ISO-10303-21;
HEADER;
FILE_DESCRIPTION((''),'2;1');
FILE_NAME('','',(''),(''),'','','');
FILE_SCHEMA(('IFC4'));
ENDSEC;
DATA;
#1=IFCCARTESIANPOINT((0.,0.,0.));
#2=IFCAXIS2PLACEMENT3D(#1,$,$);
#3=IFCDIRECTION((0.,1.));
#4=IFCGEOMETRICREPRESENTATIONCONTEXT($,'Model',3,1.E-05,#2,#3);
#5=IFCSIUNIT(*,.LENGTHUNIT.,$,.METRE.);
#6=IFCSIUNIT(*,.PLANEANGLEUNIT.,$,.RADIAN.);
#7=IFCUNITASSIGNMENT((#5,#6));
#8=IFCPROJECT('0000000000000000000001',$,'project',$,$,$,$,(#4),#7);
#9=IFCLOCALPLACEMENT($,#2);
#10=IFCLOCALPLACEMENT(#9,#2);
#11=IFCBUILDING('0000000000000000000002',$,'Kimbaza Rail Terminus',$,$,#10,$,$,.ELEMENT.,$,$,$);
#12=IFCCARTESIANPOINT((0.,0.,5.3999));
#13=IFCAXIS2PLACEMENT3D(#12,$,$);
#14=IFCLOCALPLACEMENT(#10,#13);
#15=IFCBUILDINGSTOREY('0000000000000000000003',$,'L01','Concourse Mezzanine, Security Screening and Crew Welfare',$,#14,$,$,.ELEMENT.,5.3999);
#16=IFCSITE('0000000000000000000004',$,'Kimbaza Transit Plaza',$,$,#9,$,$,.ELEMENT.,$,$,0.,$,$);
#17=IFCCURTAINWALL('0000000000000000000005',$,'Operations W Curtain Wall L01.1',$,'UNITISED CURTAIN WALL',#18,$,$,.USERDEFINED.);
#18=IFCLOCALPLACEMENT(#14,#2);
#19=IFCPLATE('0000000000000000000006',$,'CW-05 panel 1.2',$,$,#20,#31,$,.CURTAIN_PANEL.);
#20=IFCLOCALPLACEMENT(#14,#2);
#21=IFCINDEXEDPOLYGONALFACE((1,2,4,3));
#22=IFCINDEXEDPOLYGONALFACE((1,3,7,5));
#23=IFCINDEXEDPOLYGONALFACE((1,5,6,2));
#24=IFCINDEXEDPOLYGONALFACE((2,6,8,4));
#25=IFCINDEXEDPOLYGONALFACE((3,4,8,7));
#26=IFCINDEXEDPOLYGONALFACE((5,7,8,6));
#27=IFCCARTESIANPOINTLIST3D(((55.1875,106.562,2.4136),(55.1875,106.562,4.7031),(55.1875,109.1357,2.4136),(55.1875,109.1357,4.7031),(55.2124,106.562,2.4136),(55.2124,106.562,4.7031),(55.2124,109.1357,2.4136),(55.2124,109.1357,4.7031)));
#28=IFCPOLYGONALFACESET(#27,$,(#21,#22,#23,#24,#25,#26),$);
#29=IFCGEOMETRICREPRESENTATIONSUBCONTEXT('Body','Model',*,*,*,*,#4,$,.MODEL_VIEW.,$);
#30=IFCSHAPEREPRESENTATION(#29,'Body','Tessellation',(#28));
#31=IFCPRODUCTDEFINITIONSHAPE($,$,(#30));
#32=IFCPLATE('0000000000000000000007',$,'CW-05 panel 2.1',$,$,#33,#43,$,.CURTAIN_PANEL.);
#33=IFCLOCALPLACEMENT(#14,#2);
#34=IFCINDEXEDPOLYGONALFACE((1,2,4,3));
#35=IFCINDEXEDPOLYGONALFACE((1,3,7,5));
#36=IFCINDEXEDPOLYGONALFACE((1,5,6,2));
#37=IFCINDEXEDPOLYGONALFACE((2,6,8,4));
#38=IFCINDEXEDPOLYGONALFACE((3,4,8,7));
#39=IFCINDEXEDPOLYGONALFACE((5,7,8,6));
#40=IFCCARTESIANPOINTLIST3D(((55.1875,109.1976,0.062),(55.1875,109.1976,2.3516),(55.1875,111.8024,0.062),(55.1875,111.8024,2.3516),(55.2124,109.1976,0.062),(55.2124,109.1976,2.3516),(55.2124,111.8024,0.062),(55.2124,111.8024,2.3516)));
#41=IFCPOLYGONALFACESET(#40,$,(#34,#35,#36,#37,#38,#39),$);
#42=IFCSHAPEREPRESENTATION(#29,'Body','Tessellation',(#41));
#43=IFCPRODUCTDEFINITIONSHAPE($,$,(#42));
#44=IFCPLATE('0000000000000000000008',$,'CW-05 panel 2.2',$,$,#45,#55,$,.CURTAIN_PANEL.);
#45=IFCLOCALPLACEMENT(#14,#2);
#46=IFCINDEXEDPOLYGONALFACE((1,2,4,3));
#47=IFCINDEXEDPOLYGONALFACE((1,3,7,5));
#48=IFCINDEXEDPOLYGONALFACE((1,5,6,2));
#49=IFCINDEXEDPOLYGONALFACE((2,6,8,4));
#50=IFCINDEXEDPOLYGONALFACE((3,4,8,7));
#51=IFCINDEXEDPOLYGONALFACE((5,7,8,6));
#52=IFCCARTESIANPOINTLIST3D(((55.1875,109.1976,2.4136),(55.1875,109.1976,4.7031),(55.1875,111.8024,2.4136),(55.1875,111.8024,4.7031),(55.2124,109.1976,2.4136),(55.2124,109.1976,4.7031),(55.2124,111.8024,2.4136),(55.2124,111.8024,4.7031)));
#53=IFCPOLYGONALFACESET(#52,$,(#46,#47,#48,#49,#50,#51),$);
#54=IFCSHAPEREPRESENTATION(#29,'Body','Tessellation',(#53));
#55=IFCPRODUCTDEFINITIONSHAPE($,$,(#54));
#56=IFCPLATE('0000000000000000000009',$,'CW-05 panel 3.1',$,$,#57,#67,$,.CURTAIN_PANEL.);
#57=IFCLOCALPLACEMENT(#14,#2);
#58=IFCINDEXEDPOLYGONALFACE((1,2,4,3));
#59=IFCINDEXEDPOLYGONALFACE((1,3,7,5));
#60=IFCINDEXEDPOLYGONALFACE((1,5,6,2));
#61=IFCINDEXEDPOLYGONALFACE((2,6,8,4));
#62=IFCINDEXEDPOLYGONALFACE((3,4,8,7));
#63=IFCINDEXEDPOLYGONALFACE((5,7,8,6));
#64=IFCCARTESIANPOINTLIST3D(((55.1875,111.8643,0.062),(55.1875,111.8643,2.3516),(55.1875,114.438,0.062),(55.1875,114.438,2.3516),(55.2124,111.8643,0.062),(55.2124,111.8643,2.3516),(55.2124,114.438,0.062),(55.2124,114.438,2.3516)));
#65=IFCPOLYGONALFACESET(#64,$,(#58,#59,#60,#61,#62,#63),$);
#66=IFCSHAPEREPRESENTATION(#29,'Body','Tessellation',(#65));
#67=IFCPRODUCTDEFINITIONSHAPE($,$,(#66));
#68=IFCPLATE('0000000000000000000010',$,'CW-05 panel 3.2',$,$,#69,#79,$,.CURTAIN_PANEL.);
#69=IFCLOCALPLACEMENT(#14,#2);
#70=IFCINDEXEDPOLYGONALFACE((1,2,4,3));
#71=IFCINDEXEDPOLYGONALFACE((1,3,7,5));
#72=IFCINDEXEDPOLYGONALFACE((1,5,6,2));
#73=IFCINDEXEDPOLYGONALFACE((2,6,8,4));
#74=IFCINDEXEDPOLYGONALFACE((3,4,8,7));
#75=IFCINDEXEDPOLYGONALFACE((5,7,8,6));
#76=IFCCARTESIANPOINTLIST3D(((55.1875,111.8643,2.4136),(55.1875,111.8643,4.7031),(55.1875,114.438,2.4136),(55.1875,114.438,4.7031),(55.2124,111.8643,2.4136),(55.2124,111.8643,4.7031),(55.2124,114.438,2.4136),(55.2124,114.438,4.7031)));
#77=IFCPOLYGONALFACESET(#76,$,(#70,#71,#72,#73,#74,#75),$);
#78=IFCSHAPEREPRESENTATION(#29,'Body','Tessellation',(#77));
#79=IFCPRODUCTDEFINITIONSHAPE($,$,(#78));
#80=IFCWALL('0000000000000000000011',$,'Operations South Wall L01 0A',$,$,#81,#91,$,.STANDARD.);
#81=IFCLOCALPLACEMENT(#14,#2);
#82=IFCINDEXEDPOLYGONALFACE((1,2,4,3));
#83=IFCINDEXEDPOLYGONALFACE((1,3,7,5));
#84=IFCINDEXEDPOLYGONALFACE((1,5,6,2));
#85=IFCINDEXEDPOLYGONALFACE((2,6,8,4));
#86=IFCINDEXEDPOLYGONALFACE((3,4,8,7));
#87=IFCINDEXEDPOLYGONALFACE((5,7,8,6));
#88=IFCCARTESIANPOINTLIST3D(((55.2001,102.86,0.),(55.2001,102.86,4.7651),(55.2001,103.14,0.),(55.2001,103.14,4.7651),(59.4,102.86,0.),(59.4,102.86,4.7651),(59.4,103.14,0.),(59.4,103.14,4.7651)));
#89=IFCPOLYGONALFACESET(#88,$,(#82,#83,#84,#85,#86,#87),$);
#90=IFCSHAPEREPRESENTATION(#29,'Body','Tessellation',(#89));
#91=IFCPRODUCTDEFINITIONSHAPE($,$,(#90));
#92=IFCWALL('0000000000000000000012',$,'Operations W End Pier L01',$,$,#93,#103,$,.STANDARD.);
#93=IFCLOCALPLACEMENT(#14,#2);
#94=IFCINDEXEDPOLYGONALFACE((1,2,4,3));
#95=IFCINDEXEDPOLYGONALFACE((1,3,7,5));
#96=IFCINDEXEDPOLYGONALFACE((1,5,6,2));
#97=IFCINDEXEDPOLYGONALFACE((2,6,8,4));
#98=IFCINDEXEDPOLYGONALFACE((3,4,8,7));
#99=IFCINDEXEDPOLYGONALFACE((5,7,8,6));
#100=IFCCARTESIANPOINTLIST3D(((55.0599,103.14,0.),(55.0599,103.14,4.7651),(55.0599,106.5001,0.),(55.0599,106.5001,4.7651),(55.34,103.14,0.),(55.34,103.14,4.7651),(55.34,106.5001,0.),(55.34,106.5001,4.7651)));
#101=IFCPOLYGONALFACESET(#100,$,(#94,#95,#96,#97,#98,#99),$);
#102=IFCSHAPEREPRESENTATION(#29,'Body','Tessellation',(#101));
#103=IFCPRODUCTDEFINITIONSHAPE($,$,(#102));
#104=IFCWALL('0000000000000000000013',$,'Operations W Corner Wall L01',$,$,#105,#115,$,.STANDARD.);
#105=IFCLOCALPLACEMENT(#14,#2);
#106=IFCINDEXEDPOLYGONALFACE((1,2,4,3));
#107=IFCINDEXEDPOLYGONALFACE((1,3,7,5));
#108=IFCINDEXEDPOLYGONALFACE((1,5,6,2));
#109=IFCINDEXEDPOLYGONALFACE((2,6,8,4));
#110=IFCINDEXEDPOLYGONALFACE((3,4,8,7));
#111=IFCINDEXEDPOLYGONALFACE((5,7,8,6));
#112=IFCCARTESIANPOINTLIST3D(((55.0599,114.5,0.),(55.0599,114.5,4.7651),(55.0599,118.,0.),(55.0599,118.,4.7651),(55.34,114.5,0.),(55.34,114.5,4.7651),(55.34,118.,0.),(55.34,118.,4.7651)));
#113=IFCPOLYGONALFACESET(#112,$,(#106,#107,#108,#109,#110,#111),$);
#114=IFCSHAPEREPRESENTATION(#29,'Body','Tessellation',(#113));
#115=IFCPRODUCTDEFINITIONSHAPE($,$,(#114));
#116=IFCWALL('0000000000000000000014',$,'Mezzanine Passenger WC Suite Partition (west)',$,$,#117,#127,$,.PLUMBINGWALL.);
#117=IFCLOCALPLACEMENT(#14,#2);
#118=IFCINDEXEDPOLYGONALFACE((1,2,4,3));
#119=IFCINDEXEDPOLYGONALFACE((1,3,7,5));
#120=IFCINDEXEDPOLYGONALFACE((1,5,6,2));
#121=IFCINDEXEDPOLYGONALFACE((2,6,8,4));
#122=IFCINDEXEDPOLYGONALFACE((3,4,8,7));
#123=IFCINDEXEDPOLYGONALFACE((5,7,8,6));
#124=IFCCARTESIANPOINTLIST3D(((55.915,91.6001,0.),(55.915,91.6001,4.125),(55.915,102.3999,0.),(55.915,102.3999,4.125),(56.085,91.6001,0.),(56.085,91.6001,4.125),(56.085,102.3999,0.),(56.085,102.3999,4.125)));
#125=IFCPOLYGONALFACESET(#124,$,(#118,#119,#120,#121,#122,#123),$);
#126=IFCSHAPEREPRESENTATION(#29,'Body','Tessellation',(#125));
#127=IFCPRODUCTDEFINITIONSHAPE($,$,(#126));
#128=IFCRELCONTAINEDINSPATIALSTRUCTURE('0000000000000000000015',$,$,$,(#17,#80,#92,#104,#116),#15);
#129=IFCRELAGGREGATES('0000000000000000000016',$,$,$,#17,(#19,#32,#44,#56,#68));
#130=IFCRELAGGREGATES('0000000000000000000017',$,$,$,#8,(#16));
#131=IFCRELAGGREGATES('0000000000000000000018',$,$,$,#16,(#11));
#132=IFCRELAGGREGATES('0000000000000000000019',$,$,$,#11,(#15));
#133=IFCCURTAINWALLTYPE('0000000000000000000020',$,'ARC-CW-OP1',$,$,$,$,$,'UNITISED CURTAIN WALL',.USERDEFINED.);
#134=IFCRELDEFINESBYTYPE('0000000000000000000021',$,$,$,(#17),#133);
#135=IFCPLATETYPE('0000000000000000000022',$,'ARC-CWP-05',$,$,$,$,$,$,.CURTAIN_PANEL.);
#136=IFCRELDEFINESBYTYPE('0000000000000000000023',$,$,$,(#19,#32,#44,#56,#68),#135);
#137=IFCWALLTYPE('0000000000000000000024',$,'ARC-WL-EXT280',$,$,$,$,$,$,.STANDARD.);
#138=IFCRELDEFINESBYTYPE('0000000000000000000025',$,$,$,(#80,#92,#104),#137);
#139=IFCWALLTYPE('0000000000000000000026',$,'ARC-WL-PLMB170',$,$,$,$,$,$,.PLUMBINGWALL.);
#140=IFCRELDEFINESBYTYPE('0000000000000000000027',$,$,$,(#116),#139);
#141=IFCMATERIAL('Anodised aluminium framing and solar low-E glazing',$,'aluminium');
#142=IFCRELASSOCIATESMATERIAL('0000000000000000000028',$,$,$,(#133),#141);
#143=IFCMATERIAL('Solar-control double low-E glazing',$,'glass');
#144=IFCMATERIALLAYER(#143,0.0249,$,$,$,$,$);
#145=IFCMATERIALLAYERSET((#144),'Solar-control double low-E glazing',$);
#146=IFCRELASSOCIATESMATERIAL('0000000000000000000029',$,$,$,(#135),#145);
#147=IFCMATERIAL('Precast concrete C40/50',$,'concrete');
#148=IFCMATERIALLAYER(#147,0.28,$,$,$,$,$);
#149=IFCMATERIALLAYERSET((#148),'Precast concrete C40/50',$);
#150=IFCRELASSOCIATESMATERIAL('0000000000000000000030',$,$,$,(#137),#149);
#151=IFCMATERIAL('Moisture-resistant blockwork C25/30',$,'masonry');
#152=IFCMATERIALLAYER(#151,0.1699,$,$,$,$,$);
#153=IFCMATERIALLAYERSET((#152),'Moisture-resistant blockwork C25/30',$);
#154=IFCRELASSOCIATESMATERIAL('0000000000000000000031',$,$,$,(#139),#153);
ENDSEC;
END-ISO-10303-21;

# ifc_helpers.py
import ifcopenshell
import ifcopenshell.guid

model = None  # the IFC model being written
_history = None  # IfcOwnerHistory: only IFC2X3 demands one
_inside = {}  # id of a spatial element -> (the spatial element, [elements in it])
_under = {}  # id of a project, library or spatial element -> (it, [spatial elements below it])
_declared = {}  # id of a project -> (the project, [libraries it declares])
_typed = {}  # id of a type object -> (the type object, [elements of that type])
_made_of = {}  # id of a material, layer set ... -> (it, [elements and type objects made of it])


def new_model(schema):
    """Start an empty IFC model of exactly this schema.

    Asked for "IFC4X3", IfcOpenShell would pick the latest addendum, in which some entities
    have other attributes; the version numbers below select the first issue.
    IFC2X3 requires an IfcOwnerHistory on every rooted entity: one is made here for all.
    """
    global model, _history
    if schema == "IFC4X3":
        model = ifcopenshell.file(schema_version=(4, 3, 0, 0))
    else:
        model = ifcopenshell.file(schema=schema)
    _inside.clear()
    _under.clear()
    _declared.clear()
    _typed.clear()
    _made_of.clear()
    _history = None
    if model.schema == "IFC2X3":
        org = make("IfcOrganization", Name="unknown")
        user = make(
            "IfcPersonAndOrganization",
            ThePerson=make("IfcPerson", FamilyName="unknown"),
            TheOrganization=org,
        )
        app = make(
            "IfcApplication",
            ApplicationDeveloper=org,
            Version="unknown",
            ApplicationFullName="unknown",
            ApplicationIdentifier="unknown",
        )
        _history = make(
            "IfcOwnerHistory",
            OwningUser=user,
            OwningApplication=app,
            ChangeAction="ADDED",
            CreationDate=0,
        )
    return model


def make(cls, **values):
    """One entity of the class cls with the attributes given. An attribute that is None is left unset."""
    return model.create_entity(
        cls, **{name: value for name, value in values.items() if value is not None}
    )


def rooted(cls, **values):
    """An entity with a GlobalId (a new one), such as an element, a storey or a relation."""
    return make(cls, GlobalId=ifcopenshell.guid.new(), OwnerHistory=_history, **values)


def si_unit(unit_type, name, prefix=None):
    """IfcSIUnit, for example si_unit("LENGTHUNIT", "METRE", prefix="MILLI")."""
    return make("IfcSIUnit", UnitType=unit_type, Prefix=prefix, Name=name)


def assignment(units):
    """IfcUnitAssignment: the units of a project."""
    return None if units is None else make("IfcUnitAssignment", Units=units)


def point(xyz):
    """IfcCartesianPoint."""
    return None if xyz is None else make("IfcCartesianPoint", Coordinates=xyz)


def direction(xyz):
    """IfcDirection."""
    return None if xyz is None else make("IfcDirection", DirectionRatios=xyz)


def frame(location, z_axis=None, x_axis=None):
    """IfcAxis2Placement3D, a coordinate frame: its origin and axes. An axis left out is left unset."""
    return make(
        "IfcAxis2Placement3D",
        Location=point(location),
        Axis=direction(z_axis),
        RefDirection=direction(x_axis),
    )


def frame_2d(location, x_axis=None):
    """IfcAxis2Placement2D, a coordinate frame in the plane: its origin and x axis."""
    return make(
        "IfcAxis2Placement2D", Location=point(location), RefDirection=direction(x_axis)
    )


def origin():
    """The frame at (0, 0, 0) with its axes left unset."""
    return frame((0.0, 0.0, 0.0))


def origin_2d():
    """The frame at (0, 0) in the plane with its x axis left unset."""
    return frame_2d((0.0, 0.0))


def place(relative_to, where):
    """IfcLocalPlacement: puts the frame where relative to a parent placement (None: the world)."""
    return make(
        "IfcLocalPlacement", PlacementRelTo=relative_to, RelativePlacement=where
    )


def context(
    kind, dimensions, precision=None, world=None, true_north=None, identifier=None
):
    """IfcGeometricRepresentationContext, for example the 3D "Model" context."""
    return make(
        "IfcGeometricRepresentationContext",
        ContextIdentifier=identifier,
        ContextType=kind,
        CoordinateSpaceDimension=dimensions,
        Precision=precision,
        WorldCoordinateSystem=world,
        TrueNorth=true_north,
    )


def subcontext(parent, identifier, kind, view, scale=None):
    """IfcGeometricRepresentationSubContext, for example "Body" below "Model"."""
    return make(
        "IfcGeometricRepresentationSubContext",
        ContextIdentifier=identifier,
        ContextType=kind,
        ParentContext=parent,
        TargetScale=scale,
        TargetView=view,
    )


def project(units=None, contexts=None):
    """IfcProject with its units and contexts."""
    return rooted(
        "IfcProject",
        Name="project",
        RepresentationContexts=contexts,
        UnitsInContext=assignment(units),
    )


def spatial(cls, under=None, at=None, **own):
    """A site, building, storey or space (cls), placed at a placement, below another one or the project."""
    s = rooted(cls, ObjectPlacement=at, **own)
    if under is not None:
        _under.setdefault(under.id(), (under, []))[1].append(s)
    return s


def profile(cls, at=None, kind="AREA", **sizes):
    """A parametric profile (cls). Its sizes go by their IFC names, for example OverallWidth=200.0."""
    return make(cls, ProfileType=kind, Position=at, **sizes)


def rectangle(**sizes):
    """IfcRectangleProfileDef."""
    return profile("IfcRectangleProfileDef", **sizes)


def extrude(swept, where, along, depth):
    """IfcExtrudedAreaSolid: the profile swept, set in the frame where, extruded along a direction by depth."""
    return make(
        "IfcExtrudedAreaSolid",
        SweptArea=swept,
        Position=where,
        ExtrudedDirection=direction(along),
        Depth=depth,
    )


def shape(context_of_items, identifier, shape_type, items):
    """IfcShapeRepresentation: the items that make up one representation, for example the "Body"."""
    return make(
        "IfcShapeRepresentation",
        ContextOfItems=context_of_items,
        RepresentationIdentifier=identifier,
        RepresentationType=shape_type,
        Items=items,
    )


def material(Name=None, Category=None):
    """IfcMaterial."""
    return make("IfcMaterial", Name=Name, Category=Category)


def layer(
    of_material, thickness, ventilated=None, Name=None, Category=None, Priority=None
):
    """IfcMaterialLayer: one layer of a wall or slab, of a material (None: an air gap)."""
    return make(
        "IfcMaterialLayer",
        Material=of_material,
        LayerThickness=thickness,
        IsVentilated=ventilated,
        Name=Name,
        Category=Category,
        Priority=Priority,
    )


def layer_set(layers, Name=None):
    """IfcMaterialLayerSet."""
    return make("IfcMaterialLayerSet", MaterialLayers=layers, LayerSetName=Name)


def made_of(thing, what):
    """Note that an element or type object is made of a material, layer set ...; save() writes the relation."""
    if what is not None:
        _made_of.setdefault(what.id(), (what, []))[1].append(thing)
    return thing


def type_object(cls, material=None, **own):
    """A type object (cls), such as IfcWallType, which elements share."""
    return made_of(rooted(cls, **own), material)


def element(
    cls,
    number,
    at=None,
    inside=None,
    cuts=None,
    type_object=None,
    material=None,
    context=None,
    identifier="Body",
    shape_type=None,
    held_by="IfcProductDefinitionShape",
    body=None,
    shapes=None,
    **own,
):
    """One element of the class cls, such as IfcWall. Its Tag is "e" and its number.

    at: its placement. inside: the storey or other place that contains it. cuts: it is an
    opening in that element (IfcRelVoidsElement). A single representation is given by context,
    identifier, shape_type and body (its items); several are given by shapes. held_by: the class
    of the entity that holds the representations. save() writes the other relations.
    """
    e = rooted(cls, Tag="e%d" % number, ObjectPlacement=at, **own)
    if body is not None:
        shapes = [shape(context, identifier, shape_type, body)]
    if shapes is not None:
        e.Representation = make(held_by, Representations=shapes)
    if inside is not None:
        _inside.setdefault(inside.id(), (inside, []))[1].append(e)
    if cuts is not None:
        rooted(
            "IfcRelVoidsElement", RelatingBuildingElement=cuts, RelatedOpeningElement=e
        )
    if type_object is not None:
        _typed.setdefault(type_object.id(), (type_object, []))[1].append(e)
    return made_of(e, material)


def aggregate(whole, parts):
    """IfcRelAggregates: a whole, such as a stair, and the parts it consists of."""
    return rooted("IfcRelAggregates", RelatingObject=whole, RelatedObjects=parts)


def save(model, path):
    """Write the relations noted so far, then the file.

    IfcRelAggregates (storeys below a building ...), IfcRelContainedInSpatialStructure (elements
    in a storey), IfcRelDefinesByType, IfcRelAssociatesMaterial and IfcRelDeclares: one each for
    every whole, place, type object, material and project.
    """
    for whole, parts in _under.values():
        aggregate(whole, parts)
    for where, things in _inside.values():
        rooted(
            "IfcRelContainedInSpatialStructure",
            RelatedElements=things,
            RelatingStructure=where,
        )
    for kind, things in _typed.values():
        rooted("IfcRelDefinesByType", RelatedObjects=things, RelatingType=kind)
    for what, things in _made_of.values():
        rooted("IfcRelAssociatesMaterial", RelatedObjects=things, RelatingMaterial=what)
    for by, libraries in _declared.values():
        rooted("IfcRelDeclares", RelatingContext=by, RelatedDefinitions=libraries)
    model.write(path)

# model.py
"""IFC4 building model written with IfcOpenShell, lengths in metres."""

from ifc_helpers import new_model, si_unit, direction, frame, frame_2d, origin, origin_2d, place, context, subcontext, project, spatial, rectangle, extrude, material, layer, layer_set, type_object, element, aggregate, save


model = new_model("IFC4")

# Units and contexts
model_context = context("Model", 3, precision=1e-05, world=origin(), true_north=direction((0.0, 1.0)))
body_context = subcontext(model_context, "Body", "Model", "MODEL_VIEW")
ifc_project = project(units=[si_unit("LENGTHUNIT", "METRE"), si_unit("PLANEANGLEUNIT", "RADIAN")], contexts=[model_context])

# Site, building, storey
site_placement = place(None, origin())
site = spatial("IfcSite", under=ifc_project, at=site_placement, Name="Kimbaza Transit Plaza", CompositionType="ELEMENT", RefElevation=0.0)
building_placement = place(site_placement, origin())
building = spatial("IfcBuilding", under=site, at=building_placement, Name="Kimbaza Rail Terminus", CompositionType="ELEMENT")
storey_placement = place(building_placement, frame((0.0, 0.0, 5.3999)))
storey = spatial("IfcBuildingStorey", under=building, at=storey_placement, Name="L01", Description="Concourse Mezzanine, Security Screening and Crew Welfare", CompositionType="ELEMENT", Elevation=5.3999)

# Curtain wall
ifc_material_1 = material(Name="Anodised aluminium framing and solar low-E glazing", Category="aluminium")
curtain_wall_type = type_object("IfcCurtainWallType", Name="ARC-CW-OP1", ElementType="UNITISED CURTAIN WALL", PredefinedType="USERDEFINED", material=ifc_material_1)
curtain_wall_placement = place(storey_placement, origin())
curtain_wall = element("IfcCurtainWall", 1, at=curtain_wall_placement, inside=storey, type_object=curtain_wall_type, Name="Operations W Curtain Wall L01.1", ObjectType="UNITISED CURTAIN WALL", PredefinedType="USERDEFINED")

# Plates
ifc_material_2 = material(Name="Solar-control double low-E glazing", Category="glass")
ifc_layer_1 = layer(ifc_material_2, 0.0249)
ifc_layer_set_1 = layer_set([ifc_layer_1], Name="Solar-control double low-E glazing")
plate_type = type_object("IfcPlateType", Name="ARC-CWP-05", PredefinedType="CURTAIN_PANEL", material=ifc_layer_set_1)
plate_1_placement = place(storey_placement, frame((55.2, 107.8489, 2.4136), z_axis=(0.0, 0.0, 1.0), x_axis=(0.0, 1.0, 0.0)))
plate_1 = element("IfcPlate", 2, at=plate_1_placement, type_object=plate_type, Name="CW-05 panel 1.2", PredefinedType="CURTAIN_PANEL", context=body_context, shape_type="SweptSolid", body=[
    extrude(rectangle(XDim=2.5737, YDim=0.0249, at=origin_2d()), origin(), (0.0, 0.0, 1.0), 2.2896),
])
plate_2_placement = place(storey_placement, frame((55.2, 110.5, 0.062), z_axis=(0.0, 0.0, 1.0), x_axis=(0.0, 1.0, 0.0)))
plate_2 = element("IfcPlate", 3, at=plate_2_placement, type_object=plate_type, Name="CW-05 panel 2.1", PredefinedType="CURTAIN_PANEL", context=body_context, shape_type="SweptSolid", body=[
    extrude(rectangle(XDim=2.6047, YDim=0.0249, at=origin_2d()), origin(), (0.0, 0.0, 1.0), 2.2896),
])
plate_3_placement = place(storey_placement, frame((55.2, 110.5, 2.4136), z_axis=(0.0, 0.0, 1.0), x_axis=(0.0, 1.0, 0.0)))
plate_3 = element("IfcPlate", 4, at=plate_3_placement, type_object=plate_type, Name="CW-05 panel 2.2", PredefinedType="CURTAIN_PANEL", context=body_context, shape_type="SweptSolid", body=[
    extrude(rectangle(XDim=2.6047, YDim=0.0249, at=origin_2d()), origin(), (0.0, 0.0, 1.0), 2.2896),
])
plate_4_placement = place(storey_placement, frame((55.2, 113.1511, 0.062), z_axis=(0.0, 0.0, 1.0), x_axis=(0.0, 1.0, 0.0)))
plate_4 = element("IfcPlate", 5, at=plate_4_placement, type_object=plate_type, Name="CW-05 panel 3.1", PredefinedType="CURTAIN_PANEL", context=body_context, shape_type="SweptSolid", body=[
    extrude(rectangle(XDim=2.5737, YDim=0.0249, at=origin_2d()), origin(), (0.0, 0.0, 1.0), 2.2896),
])
plate_5_placement = place(storey_placement, frame((55.2, 113.1511, 2.4136), z_axis=(0.0, 0.0, 1.0), x_axis=(0.0, 1.0, 0.0)))
plate_5 = element("IfcPlate", 6, at=plate_5_placement, type_object=plate_type, Name="CW-05 panel 3.2", PredefinedType="CURTAIN_PANEL", context=body_context, shape_type="SweptSolid", body=[
    extrude(rectangle(XDim=2.5737, YDim=0.0249, at=origin_2d()), origin(), (0.0, 0.0, 1.0), 2.2896),
])
aggregate(curtain_wall, [plate_1, plate_2, plate_3, plate_4, plate_5])

# Walls
ifc_material_3 = material(Name="Precast concrete C40/50", Category="concrete")
ifc_layer_2 = layer(ifc_material_3, 0.28)
ifc_layer_set_2 = layer_set([ifc_layer_2], Name="Precast concrete C40/50")
wall_type_1 = type_object("IfcWallType", Name="ARC-WL-EXT280", PredefinedType="STANDARD", material=ifc_layer_set_2)
wall_1_placement = place(storey_placement, frame((55.2, 103.0, 0.0), z_axis=(0.0, 0.0, 1.0), x_axis=(1.0, 0.0, 0.0)))
element("IfcWall", 7, at=wall_1_placement, inside=storey, type_object=wall_type_1, Name="Operations South Wall L01 0A", PredefinedType="STANDARD", context=body_context, shape_type="SweptSolid", body=[
    extrude(rectangle(XDim=4.2, YDim=0.28, at=frame_2d((2.1001, 0.0))), origin(), (0.0, 0.0, 1.0), 4.7651),
])
wall_2_placement = place(storey_placement, frame((55.2, 103.1399, 0.0), z_axis=(0.0, 0.0, 1.0), x_axis=(0.0, 1.0, 0.0)))
element("IfcWall", 8, at=wall_2_placement, inside=storey, type_object=wall_type_1, Name="Operations W End Pier L01", PredefinedType="STANDARD", context=body_context, shape_type="SweptSolid", body=[
    extrude(rectangle(XDim=3.3601, YDim=0.28, at=frame_2d((1.6802, 0.0))), origin(), (0.0, 0.0, 1.0), 4.7651),
])
wall_3_placement = place(storey_placement, frame((55.2, 114.5, 0.0), z_axis=(0.0, 0.0, 1.0), x_axis=(0.0, 1.0, 0.0)))
element("IfcWall", 9, at=wall_3_placement, inside=storey, type_object=wall_type_1, Name="Operations W Corner Wall L01", PredefinedType="STANDARD", context=body_context, shape_type="SweptSolid", body=[
    extrude(rectangle(XDim=3.5, YDim=0.28, at=frame_2d((1.75, 0.0))), origin(), (0.0, 0.0, 1.0), 4.7651),
])
ifc_material_4 = material(Name="Moisture-resistant blockwork C25/30", Category="masonry")
ifc_layer_3 = layer(ifc_material_4, 0.1699)
ifc_layer_set_3 = layer_set([ifc_layer_3], Name="Moisture-resistant blockwork C25/30")
wall_type_2 = type_object("IfcWallType", Name="ARC-WL-PLMB170", PredefinedType="PLUMBINGWALL", material=ifc_layer_set_3)
wall_4_placement = place(storey_placement, frame((56.0, 102.3999, 0.0), z_axis=(0.0, 0.0, 1.0), x_axis=(0.0, -1.0, 0.0)))
element("IfcWall", 10, at=wall_4_placement, inside=storey, type_object=wall_type_2, Name="Mezzanine Passenger WC Suite Partition (west)", PredefinedType="PLUMBINGWALL", context=body_context, shape_type="SweptSolid", body=[
    extrude(rectangle(XDim=10.7998, YDim=0.1699, at=frame_2d((5.3999, 0.0))), origin(), (0.0, 0.0, 1.0), 4.125),
])

save(model, "model.ifc")
